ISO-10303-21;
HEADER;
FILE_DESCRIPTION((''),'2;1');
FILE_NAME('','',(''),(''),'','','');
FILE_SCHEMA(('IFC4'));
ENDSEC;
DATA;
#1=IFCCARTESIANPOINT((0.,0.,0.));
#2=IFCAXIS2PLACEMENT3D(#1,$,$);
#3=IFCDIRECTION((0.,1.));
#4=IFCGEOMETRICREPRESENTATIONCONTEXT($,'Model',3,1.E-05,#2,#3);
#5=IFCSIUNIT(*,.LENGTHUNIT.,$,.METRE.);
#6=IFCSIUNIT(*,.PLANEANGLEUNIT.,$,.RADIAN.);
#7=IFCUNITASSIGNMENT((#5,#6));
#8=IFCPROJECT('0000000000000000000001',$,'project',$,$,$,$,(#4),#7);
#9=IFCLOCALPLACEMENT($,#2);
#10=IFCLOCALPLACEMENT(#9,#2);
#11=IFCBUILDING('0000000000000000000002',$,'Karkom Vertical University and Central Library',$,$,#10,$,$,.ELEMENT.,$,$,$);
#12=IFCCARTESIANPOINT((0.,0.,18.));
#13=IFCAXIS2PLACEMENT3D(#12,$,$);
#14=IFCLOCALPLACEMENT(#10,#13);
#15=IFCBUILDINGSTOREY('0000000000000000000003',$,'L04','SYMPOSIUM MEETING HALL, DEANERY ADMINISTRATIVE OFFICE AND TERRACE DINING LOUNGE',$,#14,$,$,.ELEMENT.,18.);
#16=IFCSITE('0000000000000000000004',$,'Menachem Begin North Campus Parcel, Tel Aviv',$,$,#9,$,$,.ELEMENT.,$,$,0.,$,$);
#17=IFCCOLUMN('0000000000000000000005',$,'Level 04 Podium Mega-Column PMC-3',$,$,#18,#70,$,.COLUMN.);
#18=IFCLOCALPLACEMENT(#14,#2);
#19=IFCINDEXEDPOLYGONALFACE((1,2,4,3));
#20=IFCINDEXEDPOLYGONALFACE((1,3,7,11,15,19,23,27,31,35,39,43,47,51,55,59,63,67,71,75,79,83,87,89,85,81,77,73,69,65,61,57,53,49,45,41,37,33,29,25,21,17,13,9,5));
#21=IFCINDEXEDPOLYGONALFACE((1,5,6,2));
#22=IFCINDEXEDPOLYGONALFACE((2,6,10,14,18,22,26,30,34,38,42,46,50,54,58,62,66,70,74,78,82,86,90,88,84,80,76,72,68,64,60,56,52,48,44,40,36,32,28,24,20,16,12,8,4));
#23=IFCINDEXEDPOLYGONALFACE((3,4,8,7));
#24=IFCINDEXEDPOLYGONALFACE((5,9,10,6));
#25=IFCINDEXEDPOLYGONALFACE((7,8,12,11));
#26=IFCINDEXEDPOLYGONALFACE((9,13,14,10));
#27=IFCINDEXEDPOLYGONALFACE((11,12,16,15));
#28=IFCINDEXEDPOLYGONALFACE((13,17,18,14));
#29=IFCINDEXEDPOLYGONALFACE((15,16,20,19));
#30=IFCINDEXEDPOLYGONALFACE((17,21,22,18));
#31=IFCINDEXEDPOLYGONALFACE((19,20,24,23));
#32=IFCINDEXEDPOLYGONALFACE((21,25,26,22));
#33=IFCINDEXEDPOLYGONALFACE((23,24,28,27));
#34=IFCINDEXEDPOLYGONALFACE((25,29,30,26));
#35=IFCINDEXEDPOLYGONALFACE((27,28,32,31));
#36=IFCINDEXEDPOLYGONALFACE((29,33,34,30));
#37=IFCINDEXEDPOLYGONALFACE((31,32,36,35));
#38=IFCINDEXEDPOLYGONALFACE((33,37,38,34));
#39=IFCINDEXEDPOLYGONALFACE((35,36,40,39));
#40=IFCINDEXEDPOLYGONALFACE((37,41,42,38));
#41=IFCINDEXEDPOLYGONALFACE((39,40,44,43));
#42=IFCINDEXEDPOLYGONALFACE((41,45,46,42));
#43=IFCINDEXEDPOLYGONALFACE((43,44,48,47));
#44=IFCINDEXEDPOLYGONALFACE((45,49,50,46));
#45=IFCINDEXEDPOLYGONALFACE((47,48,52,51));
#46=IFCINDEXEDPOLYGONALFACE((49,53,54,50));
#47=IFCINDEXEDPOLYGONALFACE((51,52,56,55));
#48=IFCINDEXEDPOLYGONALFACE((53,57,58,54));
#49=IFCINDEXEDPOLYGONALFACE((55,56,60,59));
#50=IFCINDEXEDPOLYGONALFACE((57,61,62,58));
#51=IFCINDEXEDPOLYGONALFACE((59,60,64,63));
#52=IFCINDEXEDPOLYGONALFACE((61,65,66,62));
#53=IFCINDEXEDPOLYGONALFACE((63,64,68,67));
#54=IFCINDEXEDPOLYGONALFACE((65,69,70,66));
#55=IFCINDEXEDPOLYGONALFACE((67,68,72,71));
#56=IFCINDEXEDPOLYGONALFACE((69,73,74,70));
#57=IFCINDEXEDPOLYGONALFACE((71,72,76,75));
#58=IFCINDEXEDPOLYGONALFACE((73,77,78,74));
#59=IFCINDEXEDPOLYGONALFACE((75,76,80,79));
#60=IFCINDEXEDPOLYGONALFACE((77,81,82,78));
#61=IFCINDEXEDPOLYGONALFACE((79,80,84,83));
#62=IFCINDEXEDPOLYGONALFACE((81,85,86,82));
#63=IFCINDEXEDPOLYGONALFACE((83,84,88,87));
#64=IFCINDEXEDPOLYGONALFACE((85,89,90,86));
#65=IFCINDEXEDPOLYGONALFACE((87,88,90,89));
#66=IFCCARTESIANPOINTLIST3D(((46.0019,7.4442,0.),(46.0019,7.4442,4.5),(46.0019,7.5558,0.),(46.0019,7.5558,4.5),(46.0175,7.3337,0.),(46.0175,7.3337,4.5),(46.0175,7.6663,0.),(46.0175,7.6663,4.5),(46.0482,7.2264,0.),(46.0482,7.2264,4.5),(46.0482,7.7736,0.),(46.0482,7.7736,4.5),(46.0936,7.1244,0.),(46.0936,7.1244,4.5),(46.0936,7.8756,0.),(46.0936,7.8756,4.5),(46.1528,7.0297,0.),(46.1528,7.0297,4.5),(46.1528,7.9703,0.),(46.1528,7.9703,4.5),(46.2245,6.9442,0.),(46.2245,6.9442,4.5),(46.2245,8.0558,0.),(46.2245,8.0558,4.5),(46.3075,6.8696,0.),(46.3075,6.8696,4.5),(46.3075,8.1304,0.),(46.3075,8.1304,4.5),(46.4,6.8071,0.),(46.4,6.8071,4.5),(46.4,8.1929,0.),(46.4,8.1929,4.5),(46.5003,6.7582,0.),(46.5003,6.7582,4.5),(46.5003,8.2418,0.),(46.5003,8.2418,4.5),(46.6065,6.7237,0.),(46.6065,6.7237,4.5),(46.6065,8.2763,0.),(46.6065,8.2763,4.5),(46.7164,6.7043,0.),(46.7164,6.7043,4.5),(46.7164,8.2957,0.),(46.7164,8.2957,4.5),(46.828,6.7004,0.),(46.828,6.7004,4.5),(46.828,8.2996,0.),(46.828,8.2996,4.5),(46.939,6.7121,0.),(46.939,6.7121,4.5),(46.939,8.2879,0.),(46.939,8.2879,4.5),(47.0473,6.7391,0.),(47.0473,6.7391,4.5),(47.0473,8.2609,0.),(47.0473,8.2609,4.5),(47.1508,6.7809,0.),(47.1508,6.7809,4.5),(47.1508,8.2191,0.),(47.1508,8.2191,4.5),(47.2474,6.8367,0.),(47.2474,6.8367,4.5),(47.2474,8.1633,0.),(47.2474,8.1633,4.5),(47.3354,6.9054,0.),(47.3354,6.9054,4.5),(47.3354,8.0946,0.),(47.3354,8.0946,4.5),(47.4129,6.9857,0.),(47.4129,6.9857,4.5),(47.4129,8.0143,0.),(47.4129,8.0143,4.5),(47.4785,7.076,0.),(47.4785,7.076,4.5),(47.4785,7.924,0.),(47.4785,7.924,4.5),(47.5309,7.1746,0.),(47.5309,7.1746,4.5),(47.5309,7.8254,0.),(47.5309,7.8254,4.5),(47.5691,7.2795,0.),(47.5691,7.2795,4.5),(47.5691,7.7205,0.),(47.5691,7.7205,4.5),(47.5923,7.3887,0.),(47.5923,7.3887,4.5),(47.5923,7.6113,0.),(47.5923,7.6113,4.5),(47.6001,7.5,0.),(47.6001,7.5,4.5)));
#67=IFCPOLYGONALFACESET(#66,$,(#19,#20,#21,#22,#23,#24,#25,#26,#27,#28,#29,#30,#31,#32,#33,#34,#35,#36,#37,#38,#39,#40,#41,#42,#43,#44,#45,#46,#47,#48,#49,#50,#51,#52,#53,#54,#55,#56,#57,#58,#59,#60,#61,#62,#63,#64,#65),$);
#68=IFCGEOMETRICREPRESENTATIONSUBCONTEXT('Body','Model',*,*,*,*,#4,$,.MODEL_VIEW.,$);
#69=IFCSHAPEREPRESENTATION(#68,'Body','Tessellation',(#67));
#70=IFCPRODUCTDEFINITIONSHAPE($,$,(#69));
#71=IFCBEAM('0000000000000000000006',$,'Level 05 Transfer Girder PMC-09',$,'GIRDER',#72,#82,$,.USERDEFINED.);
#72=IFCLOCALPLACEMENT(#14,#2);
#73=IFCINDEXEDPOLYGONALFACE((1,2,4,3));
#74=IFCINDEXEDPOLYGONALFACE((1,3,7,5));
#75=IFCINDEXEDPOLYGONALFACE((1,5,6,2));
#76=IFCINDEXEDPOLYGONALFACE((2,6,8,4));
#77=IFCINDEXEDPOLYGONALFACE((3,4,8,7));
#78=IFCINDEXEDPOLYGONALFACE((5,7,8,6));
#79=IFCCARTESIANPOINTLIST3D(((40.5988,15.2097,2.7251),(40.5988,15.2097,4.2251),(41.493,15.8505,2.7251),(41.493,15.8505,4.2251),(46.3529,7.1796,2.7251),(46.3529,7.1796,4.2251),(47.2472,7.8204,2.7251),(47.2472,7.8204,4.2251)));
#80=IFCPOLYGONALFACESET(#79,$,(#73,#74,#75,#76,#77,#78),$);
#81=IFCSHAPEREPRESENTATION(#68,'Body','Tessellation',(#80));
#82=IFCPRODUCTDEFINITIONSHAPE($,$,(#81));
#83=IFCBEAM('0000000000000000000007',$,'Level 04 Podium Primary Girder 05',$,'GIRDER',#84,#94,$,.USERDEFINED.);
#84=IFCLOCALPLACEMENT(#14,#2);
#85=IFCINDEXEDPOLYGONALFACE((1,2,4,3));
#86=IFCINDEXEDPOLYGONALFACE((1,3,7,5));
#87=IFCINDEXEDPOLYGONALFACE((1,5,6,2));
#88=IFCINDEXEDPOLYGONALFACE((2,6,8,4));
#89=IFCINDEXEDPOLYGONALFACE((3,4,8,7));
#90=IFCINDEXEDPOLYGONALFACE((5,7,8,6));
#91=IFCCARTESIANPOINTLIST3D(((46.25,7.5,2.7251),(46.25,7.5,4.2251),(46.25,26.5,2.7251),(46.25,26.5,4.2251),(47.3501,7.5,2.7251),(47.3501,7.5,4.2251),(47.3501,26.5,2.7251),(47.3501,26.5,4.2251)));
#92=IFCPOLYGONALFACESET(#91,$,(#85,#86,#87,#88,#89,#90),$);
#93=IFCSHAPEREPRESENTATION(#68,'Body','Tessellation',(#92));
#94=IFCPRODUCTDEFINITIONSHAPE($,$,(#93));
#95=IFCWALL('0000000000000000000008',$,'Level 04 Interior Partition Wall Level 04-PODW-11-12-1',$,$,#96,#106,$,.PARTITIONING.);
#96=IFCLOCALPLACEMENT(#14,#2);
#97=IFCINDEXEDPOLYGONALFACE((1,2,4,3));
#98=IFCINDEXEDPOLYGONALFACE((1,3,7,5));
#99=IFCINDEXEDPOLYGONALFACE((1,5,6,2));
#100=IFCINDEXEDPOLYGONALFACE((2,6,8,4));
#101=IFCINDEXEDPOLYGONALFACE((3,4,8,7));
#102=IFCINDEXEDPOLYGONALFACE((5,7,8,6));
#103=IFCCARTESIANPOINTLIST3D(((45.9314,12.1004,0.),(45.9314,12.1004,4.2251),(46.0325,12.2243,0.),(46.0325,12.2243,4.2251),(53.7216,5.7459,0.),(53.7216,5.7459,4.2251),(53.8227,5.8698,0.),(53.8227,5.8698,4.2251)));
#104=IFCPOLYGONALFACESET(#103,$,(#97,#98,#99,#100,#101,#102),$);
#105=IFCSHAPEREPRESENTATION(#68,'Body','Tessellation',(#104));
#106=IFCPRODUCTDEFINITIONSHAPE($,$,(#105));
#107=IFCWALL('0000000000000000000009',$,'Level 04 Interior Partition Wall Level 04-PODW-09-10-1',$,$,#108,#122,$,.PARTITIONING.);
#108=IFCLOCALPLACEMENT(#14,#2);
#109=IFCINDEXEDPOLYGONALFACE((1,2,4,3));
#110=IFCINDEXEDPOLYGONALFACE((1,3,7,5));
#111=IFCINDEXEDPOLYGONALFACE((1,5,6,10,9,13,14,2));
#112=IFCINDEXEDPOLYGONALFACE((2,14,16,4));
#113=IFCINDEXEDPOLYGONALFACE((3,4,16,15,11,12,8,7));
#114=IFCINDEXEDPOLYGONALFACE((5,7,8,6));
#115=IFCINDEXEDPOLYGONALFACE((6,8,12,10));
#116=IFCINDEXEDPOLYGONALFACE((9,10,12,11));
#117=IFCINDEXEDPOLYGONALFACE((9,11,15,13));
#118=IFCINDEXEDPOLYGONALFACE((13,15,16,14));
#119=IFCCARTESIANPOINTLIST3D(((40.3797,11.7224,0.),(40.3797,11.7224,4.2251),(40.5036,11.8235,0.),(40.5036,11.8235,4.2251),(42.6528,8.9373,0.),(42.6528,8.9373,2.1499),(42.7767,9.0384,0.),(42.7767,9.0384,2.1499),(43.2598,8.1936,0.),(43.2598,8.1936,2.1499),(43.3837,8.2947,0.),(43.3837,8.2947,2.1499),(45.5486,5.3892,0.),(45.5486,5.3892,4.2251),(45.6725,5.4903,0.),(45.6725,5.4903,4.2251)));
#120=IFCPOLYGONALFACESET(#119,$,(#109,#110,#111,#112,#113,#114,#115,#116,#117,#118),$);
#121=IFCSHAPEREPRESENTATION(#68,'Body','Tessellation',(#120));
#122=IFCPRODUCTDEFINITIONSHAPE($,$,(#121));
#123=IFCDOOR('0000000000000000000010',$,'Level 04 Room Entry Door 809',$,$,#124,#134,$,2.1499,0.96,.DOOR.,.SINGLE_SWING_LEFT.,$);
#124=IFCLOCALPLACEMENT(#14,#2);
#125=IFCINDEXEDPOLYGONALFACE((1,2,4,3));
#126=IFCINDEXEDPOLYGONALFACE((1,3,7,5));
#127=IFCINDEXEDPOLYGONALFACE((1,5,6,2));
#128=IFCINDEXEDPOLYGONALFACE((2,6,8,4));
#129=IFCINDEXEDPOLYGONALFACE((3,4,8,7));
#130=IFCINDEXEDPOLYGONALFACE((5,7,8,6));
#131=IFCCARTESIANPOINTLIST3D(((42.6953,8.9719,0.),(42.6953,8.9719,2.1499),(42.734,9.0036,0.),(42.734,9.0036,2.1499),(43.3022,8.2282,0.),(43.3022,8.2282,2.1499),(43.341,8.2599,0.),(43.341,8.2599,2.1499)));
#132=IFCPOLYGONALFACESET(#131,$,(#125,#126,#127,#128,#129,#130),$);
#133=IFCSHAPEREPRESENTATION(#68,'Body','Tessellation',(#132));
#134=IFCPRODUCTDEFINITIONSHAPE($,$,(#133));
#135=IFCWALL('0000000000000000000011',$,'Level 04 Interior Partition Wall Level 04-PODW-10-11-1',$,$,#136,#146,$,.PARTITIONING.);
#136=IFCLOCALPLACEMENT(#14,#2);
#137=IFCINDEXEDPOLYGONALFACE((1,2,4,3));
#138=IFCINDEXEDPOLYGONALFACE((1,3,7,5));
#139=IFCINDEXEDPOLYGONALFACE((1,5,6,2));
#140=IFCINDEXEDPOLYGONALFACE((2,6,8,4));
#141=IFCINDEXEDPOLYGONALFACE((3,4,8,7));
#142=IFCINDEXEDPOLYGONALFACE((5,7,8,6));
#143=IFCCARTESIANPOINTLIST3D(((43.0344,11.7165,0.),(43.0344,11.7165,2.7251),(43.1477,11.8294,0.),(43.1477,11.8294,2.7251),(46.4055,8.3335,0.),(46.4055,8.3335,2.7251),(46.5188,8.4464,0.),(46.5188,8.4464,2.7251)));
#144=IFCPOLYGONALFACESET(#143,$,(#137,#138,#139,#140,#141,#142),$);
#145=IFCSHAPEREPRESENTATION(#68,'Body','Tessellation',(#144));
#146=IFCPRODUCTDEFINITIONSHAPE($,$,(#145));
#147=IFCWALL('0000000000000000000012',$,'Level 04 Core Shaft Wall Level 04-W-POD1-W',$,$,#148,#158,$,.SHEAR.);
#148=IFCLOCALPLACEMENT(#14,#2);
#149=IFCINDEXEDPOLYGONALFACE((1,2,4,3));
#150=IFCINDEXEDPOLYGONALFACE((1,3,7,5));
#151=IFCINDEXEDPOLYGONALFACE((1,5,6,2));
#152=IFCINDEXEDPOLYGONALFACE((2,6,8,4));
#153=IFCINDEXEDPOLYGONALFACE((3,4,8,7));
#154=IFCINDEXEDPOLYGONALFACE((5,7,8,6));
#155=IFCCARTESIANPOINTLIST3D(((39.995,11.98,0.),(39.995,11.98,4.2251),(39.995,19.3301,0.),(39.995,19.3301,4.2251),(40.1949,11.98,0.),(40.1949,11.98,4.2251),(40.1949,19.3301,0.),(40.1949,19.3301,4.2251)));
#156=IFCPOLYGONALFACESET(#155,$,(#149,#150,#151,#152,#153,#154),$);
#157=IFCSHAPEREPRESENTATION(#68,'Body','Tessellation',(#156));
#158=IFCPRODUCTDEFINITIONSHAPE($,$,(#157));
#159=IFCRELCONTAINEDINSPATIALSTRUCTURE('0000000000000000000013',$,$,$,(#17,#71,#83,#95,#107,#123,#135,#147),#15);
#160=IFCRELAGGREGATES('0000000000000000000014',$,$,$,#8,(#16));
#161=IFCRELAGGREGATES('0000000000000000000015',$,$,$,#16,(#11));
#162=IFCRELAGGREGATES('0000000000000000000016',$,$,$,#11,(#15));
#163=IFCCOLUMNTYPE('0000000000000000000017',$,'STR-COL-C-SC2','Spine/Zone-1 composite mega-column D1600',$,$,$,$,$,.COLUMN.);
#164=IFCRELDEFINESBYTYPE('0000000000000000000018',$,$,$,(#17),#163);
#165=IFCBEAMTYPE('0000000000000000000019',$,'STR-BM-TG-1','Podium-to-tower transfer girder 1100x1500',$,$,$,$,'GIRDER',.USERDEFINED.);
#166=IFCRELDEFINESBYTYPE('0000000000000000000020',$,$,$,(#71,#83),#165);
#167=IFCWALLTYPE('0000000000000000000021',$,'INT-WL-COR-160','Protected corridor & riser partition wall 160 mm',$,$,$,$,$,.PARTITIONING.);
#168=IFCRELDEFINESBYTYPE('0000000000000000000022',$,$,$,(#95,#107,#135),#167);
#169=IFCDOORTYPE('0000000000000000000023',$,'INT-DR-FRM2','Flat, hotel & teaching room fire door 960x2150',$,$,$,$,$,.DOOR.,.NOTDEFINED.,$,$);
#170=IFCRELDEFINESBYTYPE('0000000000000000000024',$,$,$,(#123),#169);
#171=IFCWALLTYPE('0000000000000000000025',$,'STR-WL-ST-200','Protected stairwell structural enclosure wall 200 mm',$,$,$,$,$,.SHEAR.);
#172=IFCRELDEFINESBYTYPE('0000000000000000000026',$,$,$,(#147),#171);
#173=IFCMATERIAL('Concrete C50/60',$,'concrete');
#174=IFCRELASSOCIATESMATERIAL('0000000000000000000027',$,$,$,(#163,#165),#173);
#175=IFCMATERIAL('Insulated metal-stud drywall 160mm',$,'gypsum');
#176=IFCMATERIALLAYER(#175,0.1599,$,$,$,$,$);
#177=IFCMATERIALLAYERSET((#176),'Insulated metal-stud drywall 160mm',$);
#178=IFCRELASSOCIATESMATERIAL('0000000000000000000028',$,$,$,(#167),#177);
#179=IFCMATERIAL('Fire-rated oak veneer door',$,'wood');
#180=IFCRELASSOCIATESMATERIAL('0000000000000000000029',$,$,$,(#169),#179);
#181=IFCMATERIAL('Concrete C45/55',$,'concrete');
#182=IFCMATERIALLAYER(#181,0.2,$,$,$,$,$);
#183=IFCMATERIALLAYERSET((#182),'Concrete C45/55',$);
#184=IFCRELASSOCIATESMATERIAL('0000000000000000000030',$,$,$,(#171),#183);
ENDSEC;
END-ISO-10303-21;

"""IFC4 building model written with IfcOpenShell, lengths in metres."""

from ifc_helpers import new_model, si_unit, direction, frame, frame_2d, origin, origin_with_axes, origin_2d, place, context, subcontext, project, spatial, rectangle, circle, extrude, source, transform, mapped, material, layer, layer_set, material_profile, profile_set, type_object, element, fill, save


model = new_model("IFC4")

# Units and contexts
model_context = context("Model", 3, precision=1e-05, world=origin(), true_north=direction((0.0, 1.0)))
body_context = subcontext(model_context, "Body", "Model", "MODEL_VIEW")
ifc_project = project(units=[si_unit("LENGTHUNIT", "METRE"), si_unit("PLANEANGLEUNIT", "RADIAN")], contexts=[model_context])

# Site, building, storey
site_placement = place(None, origin())
site = spatial("IfcSite", under=ifc_project, at=site_placement, Name="Menachem Begin North Campus Parcel, Tel Aviv", CompositionType="ELEMENT", RefElevation=0.0)
building_placement = place(site_placement, origin())
building = spatial("IfcBuilding", under=site, at=building_placement, Name="Karkom Vertical University and Central Library", CompositionType="ELEMENT")
storey_placement = place(building_placement, frame((0.0, 0.0, 18.0)))
storey = spatial("IfcBuildingStorey", under=building, at=storey_placement, Name="L04", Description="SYMPOSIUM MEETING HALL, DEANERY ADMINISTRATIVE OFFICE AND TERRACE DINING LOUNGE", CompositionType="ELEMENT", Elevation=18.0)

# Column
ifc_material_1 = material(Name="Concrete C50/60", Category="concrete")
ifc_material_profile_1 = material_profile(ifc_material_1, circle(Radius=0.8, at=origin_2d()), Name="CFT-D1600")
ifc_profile_set_1 = profile_set([ifc_material_profile_1], Name="Concrete C50/60")
column_type = type_object("IfcColumnType", Name="STR-COL-C-SC2", Description="Spine/Zone-1 composite mega-column D1600", PredefinedType="COLUMN", material=ifc_profile_set_1)
shared_shape_1 = source(origin_with_axes(), body_context, "Body", "SweptSolid", [
    extrude(circle(Radius=0.8, at=origin_2d()), origin(), (0.0, 0.0, 1.0), 4.5),
])
column_placement = place(storey_placement, frame((46.8, 7.5, 0.0), z_axis=(0.0, 0.0, 1.0), x_axis=(1.0, 0.0, 0.0)))
element("IfcColumn", 1, at=column_placement, inside=storey, type_object=column_type, Name="Level 04 Podium Mega-Column PMC-3", PredefinedType="COLUMN", context=body_context, shape_type="MappedRepresentation", body=[
    mapped(shared_shape_1, transform((0.0, 0.0, 0.0), scale=1.0)),
])

# Beams
ifc_material_profile_2 = material_profile(ifc_material_1, rectangle(XDim=1.1001, YDim=1.5, at=origin_2d()), Name="TG-1100x1500")
ifc_profile_set_2 = profile_set([ifc_material_profile_2], Name="Concrete C50/60")
beam_type = type_object("IfcBeamType", Name="STR-BM-TG-1", Description="Podium-to-tower transfer girder 1100x1500", ElementType="GIRDER", PredefinedType="USERDEFINED", material=ifc_profile_set_2)
shared_shape_2 = source(origin_with_axes(), body_context, "Body", "SweptSolid", [
    extrude(rectangle(XDim=1.1001, YDim=1.5, at=origin_2d()), origin(), (0.0, 0.0, 1.0), 9.8789),
])
beam_1_placement = place(storey_placement, frame((46.8, 7.5, 3.4751), z_axis=(-0.582472, 0.812851, 0.0), x_axis=(-0.812851, -0.582472, 0.0)))
element("IfcBeam", 2, at=beam_1_placement, inside=storey, type_object=beam_type, Name="Level 05 Transfer Girder PMC-09", ObjectType="GIRDER", PredefinedType="USERDEFINED", context=body_context, shape_type="MappedRepresentation", body=[
    mapped(shared_shape_2, transform((0.0, 0.0, 0.0), scale=1.0)),
])
shared_shape_3 = source(origin_with_axes(), body_context, "Body", "SweptSolid", [
    extrude(rectangle(XDim=1.1001, YDim=1.5, at=origin_2d()), origin(), (0.0, 0.0, 1.0), 19.0),
])
beam_2_placement = place(storey_placement, frame((46.8, 7.5, 3.4751), z_axis=(0.0, 1.0, 0.0), x_axis=(-1.0, 0.0, 0.0)))
element("IfcBeam", 3, at=beam_2_placement, inside=storey, type_object=beam_type, Name="Level 04 Podium Primary Girder 05", ObjectType="GIRDER", PredefinedType="USERDEFINED", context=body_context, shape_type="MappedRepresentation", body=[
    mapped(shared_shape_3, transform((0.0, 0.0, 0.0), scale=1.0)),
])

# Shared definitions
ifc_material_2 = material(Name="Insulated metal-stud drywall 160mm", Category="gypsum")
ifc_layer_1 = layer(ifc_material_2, 0.1599)
ifc_layer_set_1 = layer_set([ifc_layer_1], Name="Insulated metal-stud drywall 160mm")
wall_type_1 = type_object("IfcWallType", Name="INT-WL-COR-160", Description="Protected corridor & riser partition wall 160 mm", PredefinedType="PARTITIONING", material=ifc_layer_set_1)
ifc_material_3 = material(Name="Fire-rated oak veneer door", Category="wood")
door_type_1 = type_object("IfcDoorType", Name="INT-DR-FRM2", Description="Flat, hotel & teaching room fire door 960x2150", OperationType="NOTDEFINED", PredefinedType="DOOR", material=ifc_material_3)
shared_shape_4 = source(origin_with_axes(), body_context, "Body", "SweptSolid", [
    extrude(rectangle(XDim=0.96, YDim=2.1499, at=frame_2d((0.48, 1.075))), frame((0.0, 0.0249, 0.0), z_axis=(0.0, -1.0, 0.0), x_axis=(1.0, 0.0, 0.0)), (0.0, 0.0, 1.0), 0.05),
])

# Wall
wall_1_placement = place(storey_placement, frame((45.9819, 12.1624, 0.0), z_axis=(0.0, 0.0, 1.0), x_axis=(0.774901, -0.632083, 0.0)))
element("IfcWall", 4, at=wall_1_placement, inside=storey, type_object=wall_type_1, Name="Level 04 Interior Partition Wall Level 04-PODW-11-12-1", PredefinedType="PARTITIONING", context=body_context, shape_type="SweptSolid", body=[
    extrude(rectangle(XDim=10.0532, YDim=0.1599, at=frame_2d((5.0266, 0.0))), origin(), (0.0, 0.0, 1.0), 4.2251),
])

# Wall, opening, door
wall_2_placement = place(storey_placement, frame((40.4417, 11.7729, 0.0), z_axis=(0.0, 0.0, 1.0), x_axis=(0.632299, -0.774724, 0.0)))
wall_2 = element("IfcWall", 5, at=wall_2_placement, inside=storey, type_object=wall_type_1, Name="Level 04 Interior Partition Wall Level 04-PODW-09-10-1", PredefinedType="PARTITIONING", context=body_context, shape_type="SweptSolid", body=[
    extrude(rectangle(XDim=8.1748, YDim=0.1599, at=frame_2d((4.0874, 0.0))), origin(), (0.0, 0.0, 1.0), 4.2251),
])
opening_1_placement = place(wall_2_placement, frame((3.595, 0.0, 0.0)))
opening_1 = element("IfcOpeningElement", 6, at=opening_1_placement, cuts=wall_2, PredefinedType="OPENING", context=body_context, shape_type="SweptSolid", body=[
    extrude(rectangle(XDim=0.96, YDim=2.1499, at=frame_2d((0.48, 1.075))), frame((0.0, 0.0898, 0.0), z_axis=(0.0, -1.0, 0.0), x_axis=(1.0, 0.0, 0.0)), (0.0, 0.0, 1.0), 0.1799),
])
door_1_placement = place(opening_1_placement, origin())
door_1 = element("IfcDoor", 7, at=door_1_placement, inside=storey, type_object=door_type_1, Name="Level 04 Room Entry Door 809", OperationType="SINGLE_SWING_LEFT", OverallHeight=2.1499, OverallWidth=0.96, PredefinedType="DOOR", context=body_context, shape_type="MappedRepresentation", body=[
    mapped(shared_shape_4, transform((0.0, 0.0, 0.0), scale=1.0)),
])
fill(opening_1, door_1)

# Wall
wall_3_placement = place(storey_placement, frame((43.0911, 11.7729, 0.0), z_axis=(0.0, 0.0, 1.0), x_axis=(0.705853, -0.708358, 0.0)))
element("IfcWall", 8, at=wall_3_placement, inside=storey, type_object=wall_type_1, Name="Level 04 Interior Partition Wall Level 04-PODW-10-11-1", PredefinedType="PARTITIONING", context=body_context, shape_type="SweptSolid", body=[
    extrude(rectangle(XDim=4.7759, YDim=0.1599, at=frame_2d((2.3879, 0.0))), origin(), (0.0, 0.0, 1.0), 2.7251),
])

# Wall
ifc_material_4 = material(Name="Concrete C45/55", Category="concrete")
ifc_layer_2 = layer(ifc_material_4, 0.2)
ifc_layer_set_2 = layer_set([ifc_layer_2], Name="Concrete C45/55")
wall_type_2 = type_object("IfcWallType", Name="STR-WL-ST-200", Description="Protected stairwell structural enclosure wall 200 mm", PredefinedType="SHEAR", material=ifc_layer_set_2)
wall_4_placement = place(storey_placement, frame((40.095, 11.98, 0.0), z_axis=(0.0, 0.0, 1.0), x_axis=(0.0, 1.0, 0.0)))
element("IfcWall", 9, at=wall_4_placement, inside=storey, type_object=wall_type_2, Name="Level 04 Core Shaft Wall Level 04-W-POD1-W", PredefinedType="SHEAR", context=body_context, shape_type="SweptSolid", body=[
    extrude(rectangle(XDim=7.3501, YDim=0.2, at=frame_2d((3.675, 0.0))), origin(), (0.0, 0.0, 1.0), 4.2251),
])

save(model, "model.ifc")
